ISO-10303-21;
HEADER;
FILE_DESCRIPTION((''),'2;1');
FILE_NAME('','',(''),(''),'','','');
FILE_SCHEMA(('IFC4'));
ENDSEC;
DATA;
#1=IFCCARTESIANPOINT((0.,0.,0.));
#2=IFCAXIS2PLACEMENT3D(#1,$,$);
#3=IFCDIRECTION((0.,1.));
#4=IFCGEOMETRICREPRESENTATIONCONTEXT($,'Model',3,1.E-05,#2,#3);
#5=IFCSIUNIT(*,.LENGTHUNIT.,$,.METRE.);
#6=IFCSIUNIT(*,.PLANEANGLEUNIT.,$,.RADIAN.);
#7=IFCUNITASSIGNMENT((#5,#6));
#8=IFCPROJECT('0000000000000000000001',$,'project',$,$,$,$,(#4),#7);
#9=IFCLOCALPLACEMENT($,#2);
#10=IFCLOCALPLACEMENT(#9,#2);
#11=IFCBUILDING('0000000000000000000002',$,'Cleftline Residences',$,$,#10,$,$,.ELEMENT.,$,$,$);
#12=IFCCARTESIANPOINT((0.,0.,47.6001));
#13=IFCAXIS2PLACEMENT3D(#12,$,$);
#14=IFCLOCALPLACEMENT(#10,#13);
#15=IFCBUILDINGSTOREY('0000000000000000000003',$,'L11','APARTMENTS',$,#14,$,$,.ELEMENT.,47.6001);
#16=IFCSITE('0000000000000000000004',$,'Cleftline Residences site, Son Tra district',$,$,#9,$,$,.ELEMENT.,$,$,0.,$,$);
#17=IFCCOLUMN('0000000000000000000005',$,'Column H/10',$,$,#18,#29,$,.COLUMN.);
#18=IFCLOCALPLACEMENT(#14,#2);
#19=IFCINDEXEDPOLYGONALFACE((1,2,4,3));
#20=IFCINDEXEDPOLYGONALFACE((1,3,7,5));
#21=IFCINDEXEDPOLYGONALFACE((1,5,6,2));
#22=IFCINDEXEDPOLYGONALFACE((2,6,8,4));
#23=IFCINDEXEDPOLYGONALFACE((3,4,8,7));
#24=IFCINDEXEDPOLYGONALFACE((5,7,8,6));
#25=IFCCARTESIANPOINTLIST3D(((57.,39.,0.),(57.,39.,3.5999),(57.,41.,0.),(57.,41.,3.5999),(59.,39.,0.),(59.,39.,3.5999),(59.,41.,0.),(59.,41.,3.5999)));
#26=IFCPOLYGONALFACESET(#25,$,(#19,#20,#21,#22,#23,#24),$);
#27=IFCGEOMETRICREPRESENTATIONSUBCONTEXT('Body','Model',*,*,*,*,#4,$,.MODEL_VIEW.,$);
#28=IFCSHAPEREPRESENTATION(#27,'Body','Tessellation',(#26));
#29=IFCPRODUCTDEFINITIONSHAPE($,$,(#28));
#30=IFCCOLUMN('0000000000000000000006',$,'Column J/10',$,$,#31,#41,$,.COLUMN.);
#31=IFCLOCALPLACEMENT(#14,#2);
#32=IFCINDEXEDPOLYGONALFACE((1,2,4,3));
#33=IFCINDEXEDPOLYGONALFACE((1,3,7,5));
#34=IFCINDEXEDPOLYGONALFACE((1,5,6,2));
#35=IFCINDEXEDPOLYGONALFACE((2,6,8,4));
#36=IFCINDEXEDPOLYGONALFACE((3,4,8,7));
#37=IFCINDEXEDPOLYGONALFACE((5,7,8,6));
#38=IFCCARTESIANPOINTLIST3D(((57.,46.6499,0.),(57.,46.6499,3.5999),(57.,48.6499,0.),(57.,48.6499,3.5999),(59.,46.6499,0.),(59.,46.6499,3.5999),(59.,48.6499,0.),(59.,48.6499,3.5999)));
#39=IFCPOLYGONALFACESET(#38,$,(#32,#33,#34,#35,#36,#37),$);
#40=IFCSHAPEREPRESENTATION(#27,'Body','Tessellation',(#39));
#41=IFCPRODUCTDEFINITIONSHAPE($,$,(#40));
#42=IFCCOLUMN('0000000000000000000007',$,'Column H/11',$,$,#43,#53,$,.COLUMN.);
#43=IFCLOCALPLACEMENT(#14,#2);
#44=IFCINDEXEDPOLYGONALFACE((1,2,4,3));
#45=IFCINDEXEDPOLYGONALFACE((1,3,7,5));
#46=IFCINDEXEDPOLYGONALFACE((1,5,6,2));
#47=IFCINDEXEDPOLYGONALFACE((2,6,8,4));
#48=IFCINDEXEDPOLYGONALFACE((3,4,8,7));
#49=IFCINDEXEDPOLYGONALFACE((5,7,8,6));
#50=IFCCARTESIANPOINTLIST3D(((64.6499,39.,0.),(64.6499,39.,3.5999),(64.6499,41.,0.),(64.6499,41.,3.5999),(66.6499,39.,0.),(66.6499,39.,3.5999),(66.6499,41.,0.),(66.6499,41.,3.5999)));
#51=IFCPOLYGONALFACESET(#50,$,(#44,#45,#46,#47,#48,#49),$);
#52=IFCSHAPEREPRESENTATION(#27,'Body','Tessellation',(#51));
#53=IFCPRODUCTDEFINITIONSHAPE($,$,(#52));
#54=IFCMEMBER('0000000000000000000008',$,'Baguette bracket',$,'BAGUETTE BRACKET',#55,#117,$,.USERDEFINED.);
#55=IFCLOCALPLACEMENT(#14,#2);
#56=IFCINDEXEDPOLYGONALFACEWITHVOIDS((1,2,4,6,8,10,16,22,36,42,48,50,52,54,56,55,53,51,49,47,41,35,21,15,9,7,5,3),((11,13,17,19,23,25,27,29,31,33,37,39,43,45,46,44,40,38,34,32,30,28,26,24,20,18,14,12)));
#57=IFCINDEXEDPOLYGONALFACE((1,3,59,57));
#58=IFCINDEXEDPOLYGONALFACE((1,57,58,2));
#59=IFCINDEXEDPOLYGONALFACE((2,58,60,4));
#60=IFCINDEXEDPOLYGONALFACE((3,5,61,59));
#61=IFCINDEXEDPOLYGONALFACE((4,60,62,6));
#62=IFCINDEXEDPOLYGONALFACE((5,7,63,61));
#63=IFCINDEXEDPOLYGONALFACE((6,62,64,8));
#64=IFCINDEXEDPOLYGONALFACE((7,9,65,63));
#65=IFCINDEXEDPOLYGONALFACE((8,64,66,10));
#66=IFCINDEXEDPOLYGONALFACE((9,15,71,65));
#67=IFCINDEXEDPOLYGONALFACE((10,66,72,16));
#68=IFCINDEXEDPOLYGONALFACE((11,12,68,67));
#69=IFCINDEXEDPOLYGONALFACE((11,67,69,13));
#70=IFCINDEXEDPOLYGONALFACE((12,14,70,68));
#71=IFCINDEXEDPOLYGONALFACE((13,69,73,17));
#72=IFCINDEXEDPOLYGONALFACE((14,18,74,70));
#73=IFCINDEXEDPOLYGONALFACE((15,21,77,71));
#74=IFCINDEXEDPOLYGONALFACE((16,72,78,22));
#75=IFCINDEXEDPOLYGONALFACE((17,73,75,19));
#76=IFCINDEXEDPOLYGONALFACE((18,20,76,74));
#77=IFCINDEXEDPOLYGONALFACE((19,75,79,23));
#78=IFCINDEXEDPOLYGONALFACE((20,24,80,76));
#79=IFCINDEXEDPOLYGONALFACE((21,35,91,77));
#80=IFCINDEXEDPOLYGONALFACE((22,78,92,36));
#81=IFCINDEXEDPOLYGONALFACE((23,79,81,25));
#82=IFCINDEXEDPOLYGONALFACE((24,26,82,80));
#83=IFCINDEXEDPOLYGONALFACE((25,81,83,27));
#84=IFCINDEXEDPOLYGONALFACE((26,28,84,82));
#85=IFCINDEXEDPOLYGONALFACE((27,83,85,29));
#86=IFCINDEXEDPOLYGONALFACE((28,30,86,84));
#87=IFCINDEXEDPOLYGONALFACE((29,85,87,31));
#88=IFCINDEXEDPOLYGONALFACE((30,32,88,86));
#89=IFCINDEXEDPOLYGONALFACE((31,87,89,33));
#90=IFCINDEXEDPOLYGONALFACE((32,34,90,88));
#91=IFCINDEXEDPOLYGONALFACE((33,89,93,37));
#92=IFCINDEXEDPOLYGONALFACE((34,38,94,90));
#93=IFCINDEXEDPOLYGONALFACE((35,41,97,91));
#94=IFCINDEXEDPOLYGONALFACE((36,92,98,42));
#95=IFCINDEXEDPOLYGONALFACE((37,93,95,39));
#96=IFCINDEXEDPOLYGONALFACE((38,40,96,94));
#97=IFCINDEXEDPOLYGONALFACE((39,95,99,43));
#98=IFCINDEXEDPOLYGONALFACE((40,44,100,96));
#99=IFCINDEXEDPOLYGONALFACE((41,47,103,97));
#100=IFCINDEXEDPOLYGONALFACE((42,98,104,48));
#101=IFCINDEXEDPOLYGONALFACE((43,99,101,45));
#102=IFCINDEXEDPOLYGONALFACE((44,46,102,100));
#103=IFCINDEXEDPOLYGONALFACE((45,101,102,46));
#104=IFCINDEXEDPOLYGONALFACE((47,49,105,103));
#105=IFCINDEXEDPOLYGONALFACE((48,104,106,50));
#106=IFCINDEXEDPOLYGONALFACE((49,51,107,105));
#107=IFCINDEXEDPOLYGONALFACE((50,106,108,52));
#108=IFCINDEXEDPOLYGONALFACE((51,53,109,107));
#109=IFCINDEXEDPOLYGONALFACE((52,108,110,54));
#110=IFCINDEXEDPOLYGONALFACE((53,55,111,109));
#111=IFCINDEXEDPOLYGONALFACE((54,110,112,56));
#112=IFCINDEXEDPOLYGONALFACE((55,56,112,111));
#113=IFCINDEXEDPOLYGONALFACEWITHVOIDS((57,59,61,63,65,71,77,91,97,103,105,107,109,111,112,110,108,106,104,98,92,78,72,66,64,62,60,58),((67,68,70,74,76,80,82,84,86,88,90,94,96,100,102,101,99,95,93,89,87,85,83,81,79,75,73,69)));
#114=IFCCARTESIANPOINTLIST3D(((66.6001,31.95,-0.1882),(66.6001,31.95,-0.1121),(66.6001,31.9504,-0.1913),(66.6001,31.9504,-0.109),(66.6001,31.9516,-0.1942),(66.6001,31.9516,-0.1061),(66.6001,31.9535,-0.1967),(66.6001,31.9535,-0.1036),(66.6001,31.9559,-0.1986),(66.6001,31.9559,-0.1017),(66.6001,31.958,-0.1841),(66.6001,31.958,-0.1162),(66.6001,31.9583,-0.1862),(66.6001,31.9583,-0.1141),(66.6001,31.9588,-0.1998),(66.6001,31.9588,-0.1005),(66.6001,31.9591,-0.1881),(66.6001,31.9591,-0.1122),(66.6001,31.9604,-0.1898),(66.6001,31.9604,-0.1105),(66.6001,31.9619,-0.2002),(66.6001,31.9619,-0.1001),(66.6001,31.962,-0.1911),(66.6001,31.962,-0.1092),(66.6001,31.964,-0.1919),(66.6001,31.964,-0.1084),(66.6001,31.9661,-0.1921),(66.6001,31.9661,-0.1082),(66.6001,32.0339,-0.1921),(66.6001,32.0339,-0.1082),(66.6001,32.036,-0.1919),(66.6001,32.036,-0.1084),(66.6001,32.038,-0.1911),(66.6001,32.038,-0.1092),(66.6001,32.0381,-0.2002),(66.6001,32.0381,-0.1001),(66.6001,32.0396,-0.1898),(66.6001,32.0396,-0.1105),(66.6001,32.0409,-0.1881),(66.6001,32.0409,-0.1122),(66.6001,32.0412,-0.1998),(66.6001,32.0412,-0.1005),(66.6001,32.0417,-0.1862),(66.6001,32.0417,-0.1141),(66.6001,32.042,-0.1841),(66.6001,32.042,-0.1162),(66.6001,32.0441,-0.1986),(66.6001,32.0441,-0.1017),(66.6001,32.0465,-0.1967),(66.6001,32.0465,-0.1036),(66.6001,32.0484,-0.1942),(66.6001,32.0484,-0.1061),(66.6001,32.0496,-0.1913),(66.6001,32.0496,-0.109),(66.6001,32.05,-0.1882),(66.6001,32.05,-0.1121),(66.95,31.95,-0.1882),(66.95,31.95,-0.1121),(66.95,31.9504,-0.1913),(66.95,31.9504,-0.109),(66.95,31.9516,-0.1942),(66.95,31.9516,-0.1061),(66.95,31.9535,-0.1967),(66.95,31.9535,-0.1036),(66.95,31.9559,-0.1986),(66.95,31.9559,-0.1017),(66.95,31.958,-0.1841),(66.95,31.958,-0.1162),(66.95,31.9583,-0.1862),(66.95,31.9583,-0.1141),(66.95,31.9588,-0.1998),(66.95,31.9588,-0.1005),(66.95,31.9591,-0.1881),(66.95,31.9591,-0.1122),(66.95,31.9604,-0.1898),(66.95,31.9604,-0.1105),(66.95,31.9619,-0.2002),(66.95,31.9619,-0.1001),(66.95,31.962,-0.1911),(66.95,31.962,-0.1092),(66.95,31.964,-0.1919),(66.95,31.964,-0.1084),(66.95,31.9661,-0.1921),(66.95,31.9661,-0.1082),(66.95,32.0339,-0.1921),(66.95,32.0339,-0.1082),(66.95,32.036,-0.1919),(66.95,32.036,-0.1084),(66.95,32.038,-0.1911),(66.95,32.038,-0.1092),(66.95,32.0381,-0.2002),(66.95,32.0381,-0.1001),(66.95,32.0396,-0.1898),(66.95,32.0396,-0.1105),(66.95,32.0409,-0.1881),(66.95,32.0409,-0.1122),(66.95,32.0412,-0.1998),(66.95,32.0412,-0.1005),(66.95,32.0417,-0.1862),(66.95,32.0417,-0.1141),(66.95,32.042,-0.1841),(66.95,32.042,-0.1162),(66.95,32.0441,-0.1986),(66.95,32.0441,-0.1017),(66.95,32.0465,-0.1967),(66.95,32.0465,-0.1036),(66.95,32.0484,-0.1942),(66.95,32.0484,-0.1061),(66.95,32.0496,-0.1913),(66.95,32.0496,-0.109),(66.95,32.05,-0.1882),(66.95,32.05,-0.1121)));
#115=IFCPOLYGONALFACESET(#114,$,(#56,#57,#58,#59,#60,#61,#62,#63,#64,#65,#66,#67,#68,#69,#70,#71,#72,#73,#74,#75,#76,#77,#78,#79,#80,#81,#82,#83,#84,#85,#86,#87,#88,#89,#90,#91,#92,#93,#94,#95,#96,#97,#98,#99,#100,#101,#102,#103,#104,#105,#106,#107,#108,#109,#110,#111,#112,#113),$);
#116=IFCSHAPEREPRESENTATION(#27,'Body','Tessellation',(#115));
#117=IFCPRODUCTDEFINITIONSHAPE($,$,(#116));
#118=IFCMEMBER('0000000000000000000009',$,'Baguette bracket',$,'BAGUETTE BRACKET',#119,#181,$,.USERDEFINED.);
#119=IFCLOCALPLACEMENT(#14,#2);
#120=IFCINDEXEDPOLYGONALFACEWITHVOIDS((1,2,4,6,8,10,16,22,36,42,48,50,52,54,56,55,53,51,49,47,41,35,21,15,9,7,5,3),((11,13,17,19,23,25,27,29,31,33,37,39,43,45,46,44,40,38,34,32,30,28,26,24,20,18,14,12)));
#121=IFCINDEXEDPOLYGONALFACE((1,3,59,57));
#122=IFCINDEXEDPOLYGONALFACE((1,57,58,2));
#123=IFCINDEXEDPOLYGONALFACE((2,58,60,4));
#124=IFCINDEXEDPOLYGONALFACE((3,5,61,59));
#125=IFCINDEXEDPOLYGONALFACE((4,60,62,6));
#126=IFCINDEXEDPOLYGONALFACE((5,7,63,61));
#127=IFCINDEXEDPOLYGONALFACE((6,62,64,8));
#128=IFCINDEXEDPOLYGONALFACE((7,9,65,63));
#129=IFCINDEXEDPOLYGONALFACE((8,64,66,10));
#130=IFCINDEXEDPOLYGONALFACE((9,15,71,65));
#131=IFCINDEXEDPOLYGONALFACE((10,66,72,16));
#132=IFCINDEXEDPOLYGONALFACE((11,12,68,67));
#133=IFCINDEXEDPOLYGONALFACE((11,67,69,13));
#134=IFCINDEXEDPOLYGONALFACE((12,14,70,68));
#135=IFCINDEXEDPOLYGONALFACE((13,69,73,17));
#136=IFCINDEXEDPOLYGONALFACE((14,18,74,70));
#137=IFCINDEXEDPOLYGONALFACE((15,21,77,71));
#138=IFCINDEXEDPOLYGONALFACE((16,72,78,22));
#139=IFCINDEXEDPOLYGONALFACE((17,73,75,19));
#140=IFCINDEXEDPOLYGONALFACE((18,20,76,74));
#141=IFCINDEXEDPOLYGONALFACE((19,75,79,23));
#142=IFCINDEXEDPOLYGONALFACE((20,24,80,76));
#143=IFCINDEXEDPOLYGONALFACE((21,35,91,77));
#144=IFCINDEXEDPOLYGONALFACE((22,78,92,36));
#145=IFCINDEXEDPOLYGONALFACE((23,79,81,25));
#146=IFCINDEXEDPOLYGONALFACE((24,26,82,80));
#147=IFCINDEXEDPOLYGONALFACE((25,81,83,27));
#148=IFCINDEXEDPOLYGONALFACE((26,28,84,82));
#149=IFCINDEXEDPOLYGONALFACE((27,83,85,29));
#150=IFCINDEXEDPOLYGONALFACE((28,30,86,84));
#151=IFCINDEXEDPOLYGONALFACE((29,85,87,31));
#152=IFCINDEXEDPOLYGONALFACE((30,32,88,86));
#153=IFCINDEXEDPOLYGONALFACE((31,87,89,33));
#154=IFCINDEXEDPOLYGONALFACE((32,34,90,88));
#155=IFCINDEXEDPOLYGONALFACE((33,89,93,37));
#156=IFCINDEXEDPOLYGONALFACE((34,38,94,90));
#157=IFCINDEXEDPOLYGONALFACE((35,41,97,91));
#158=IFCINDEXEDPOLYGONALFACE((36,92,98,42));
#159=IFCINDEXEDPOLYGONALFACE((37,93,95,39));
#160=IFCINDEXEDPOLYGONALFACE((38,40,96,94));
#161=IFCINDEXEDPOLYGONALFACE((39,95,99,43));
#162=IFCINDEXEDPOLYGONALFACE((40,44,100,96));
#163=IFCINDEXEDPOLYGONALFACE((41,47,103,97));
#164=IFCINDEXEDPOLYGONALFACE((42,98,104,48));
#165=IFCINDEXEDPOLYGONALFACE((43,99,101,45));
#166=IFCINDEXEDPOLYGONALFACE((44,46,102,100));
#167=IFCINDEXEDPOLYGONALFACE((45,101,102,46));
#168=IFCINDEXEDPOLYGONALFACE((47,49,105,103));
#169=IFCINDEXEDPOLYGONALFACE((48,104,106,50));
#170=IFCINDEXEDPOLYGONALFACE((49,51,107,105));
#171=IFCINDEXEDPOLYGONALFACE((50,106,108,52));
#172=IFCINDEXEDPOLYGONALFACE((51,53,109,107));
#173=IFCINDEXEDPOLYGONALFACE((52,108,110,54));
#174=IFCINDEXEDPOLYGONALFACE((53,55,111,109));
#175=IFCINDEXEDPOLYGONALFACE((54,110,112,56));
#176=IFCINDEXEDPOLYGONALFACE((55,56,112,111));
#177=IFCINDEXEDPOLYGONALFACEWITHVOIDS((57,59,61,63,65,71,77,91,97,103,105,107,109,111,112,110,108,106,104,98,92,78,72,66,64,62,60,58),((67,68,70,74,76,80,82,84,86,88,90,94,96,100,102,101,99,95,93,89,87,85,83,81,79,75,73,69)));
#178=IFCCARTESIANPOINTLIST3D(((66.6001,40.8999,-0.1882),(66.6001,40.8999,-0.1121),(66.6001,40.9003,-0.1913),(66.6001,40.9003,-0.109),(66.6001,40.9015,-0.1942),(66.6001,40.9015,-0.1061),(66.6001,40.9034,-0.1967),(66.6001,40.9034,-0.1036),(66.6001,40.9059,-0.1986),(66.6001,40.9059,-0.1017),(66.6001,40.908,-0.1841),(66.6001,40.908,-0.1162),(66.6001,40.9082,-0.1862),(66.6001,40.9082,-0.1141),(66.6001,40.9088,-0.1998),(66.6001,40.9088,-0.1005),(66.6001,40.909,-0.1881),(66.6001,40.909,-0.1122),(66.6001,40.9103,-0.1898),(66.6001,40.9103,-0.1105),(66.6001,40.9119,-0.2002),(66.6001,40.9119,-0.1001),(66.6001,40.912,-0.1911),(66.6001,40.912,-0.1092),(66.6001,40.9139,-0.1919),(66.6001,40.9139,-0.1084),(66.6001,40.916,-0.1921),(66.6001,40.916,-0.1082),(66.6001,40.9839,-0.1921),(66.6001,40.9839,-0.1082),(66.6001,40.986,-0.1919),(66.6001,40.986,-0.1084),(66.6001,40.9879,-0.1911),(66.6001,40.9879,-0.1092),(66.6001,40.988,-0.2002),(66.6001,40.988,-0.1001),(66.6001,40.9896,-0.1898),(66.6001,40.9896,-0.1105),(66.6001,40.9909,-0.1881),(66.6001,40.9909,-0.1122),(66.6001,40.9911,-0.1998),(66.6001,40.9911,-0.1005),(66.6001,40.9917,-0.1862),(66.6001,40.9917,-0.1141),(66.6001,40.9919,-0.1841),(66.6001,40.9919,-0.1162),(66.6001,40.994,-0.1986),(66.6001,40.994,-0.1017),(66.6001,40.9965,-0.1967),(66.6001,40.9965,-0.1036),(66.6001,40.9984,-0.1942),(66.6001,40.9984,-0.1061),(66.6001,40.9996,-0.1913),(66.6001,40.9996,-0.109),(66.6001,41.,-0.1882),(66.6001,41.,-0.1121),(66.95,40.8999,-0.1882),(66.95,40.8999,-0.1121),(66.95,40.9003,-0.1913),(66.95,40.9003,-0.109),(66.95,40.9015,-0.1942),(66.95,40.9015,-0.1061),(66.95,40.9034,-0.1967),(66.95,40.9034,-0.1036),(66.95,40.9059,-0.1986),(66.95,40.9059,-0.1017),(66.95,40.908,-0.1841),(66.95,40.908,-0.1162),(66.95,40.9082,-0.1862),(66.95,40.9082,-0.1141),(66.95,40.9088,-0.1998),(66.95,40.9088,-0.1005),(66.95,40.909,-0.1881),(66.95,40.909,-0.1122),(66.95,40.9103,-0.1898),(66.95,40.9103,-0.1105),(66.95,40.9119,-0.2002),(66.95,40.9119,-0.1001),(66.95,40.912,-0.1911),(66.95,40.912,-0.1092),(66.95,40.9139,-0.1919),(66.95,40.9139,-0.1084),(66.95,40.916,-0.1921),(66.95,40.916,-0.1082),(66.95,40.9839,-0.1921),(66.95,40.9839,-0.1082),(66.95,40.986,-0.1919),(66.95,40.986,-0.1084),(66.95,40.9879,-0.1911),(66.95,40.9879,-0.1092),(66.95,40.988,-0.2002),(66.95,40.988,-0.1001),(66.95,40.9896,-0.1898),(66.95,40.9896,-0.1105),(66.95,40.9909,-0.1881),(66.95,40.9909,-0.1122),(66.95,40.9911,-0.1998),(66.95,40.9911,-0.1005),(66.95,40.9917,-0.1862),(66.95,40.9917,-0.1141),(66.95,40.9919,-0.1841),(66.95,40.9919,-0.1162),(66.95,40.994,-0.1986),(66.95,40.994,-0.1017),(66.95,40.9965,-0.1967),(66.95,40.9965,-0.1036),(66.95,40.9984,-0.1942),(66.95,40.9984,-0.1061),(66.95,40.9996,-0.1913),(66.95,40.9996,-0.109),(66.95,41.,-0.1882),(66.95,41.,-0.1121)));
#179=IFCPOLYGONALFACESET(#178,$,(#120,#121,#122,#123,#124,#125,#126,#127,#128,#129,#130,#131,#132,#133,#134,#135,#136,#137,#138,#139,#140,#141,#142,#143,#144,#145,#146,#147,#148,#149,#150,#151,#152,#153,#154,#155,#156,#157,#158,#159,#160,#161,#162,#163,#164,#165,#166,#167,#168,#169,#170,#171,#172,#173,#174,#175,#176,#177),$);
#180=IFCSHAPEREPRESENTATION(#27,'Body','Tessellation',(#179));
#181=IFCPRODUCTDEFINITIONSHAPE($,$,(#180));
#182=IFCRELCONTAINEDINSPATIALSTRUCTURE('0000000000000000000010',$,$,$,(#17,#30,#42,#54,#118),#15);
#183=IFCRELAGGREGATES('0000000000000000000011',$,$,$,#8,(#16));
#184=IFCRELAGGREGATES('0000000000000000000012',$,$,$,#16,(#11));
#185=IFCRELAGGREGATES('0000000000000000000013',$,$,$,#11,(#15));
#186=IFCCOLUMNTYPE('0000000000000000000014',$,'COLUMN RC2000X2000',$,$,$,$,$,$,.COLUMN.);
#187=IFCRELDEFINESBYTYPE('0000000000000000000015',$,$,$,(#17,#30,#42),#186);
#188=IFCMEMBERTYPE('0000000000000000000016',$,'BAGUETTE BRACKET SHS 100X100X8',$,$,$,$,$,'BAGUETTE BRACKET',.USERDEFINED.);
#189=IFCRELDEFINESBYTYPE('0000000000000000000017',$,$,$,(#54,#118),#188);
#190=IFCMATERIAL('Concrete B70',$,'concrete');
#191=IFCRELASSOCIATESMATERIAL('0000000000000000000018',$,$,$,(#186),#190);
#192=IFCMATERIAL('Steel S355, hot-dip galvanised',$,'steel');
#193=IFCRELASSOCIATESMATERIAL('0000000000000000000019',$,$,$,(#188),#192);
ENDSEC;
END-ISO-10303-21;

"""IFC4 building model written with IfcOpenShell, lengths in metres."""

from ifc_helpers import new_model, si_unit, direction, frame, origin, origin_2d, place, context, subcontext, project, spatial, rectangle, hollow_rectangle, extrude, material, material_profile, profile_set, type_object, element, save


model = new_model("IFC4")

# Units and contexts
model_context = context("Model", 3, precision=1e-05, world=origin(), true_north=direction((0.0, 1.0)))
body_context = subcontext(model_context, "Body", "Model", "MODEL_VIEW")
ifc_project = project(units=[si_unit("LENGTHUNIT", "METRE"), si_unit("PLANEANGLEUNIT", "RADIAN")], contexts=[model_context])

# Site, building, storey
site_placement = place(None, origin())
site = spatial("IfcSite", under=ifc_project, at=site_placement, Name="Cleftline Residences site, Son Tra district", CompositionType="ELEMENT", RefElevation=0.0)
building_placement = place(site_placement, origin())
building = spatial("IfcBuilding", under=site, at=building_placement, Name="Cleftline Residences", CompositionType="ELEMENT")
storey_placement = place(building_placement, frame((0.0, 0.0, 47.6001)))
storey = spatial("IfcBuildingStorey", under=building, at=storey_placement, Name="L11", Description="APARTMENTS", CompositionType="ELEMENT", Elevation=47.6001)

# Columns
ifc_material_1 = material(Name="Concrete B70", Category="concrete")
ifc_material_profile_1 = material_profile(ifc_material_1, rectangle(XDim=2.0, YDim=2.0, at=origin_2d()))
ifc_profile_set_1 = profile_set([ifc_material_profile_1], Name="Concrete B70")
column_type = type_object("IfcColumnType", Name="COLUMN RC2000X2000", PredefinedType="COLUMN", material=ifc_profile_set_1)
for number, where, z_axis, x_axis, name in (
    (1, (58.0, 40.0, 0.0), (0.0, 0.0, 1.0), (1.0, 0.0, 0.0), "Column H/10"),
    (2, (58.0, 47.6499, 0.0), (0.0, 0.0, 1.0), (1.0, 0.0, 0.0), "Column J/10"),
    (3, (65.6499, 40.0, 0.0), (0.0, 0.0, 1.0), (1.0, 0.0, 0.0), "Column H/11"),
):
    element("IfcColumn", number, at=place(storey_placement, frame(where, z_axis=z_axis, x_axis=x_axis)), inside=storey, type_object=column_type, Name=name, PredefinedType="COLUMN", context=body_context, shape_type="SweptSolid", body=[
        extrude(rectangle(XDim=2.0, YDim=2.0, at=origin_2d()), origin(), (0.0, 0.0, 1.0), 3.5999),
    ])

# Members
ifc_material_2 = material(Name="Steel S355, hot-dip galvanised", Category="steel")
ifc_material_profile_2 = material_profile(ifc_material_2, hollow_rectangle(XDim=0.1001, YDim=0.1001, WallThickness=0.0081, InnerFilletRadius=0.0081, OuterFilletRadius=0.012, at=origin_2d()))
ifc_profile_set_2 = profile_set([ifc_material_profile_2], Name="Steel S355, hot-dip galvanised")
member_type_1 = type_object("IfcMemberType", Name="BAGUETTE BRACKET SHS 100X100X8", ElementType="BAGUETTE BRACKET", PredefinedType="USERDEFINED", material=ifc_profile_set_2)
for number, where, z_axis, x_axis, name in (
    (4, (66.6001, 32.0, -0.1501), (1.0, 0.0, 0.0), (0.0, 1.0, 0.0), "Baguette bracket"),
    (5, (66.6001, 40.95, -0.1501), (1.0, 0.0, 0.0), (0.0, 1.0, 0.0), "Baguette bracket"),
):
    element("IfcMember", number, at=place(storey_placement, frame(where, z_axis=z_axis, x_axis=x_axis)), inside=storey, type_object=member_type_1, Name=name, ObjectType="BAGUETTE BRACKET", PredefinedType="USERDEFINED", context=body_context, shape_type="SweptSolid", body=[
        extrude(hollow_rectangle(XDim=0.1001, YDim=0.1001, WallThickness=0.0081, InnerFilletRadius=0.0081, OuterFilletRadius=0.012, at=origin_2d()), origin(), (0.0, 0.0, 1.0), 0.3499),
    ])

save(model, "model.ifc")
